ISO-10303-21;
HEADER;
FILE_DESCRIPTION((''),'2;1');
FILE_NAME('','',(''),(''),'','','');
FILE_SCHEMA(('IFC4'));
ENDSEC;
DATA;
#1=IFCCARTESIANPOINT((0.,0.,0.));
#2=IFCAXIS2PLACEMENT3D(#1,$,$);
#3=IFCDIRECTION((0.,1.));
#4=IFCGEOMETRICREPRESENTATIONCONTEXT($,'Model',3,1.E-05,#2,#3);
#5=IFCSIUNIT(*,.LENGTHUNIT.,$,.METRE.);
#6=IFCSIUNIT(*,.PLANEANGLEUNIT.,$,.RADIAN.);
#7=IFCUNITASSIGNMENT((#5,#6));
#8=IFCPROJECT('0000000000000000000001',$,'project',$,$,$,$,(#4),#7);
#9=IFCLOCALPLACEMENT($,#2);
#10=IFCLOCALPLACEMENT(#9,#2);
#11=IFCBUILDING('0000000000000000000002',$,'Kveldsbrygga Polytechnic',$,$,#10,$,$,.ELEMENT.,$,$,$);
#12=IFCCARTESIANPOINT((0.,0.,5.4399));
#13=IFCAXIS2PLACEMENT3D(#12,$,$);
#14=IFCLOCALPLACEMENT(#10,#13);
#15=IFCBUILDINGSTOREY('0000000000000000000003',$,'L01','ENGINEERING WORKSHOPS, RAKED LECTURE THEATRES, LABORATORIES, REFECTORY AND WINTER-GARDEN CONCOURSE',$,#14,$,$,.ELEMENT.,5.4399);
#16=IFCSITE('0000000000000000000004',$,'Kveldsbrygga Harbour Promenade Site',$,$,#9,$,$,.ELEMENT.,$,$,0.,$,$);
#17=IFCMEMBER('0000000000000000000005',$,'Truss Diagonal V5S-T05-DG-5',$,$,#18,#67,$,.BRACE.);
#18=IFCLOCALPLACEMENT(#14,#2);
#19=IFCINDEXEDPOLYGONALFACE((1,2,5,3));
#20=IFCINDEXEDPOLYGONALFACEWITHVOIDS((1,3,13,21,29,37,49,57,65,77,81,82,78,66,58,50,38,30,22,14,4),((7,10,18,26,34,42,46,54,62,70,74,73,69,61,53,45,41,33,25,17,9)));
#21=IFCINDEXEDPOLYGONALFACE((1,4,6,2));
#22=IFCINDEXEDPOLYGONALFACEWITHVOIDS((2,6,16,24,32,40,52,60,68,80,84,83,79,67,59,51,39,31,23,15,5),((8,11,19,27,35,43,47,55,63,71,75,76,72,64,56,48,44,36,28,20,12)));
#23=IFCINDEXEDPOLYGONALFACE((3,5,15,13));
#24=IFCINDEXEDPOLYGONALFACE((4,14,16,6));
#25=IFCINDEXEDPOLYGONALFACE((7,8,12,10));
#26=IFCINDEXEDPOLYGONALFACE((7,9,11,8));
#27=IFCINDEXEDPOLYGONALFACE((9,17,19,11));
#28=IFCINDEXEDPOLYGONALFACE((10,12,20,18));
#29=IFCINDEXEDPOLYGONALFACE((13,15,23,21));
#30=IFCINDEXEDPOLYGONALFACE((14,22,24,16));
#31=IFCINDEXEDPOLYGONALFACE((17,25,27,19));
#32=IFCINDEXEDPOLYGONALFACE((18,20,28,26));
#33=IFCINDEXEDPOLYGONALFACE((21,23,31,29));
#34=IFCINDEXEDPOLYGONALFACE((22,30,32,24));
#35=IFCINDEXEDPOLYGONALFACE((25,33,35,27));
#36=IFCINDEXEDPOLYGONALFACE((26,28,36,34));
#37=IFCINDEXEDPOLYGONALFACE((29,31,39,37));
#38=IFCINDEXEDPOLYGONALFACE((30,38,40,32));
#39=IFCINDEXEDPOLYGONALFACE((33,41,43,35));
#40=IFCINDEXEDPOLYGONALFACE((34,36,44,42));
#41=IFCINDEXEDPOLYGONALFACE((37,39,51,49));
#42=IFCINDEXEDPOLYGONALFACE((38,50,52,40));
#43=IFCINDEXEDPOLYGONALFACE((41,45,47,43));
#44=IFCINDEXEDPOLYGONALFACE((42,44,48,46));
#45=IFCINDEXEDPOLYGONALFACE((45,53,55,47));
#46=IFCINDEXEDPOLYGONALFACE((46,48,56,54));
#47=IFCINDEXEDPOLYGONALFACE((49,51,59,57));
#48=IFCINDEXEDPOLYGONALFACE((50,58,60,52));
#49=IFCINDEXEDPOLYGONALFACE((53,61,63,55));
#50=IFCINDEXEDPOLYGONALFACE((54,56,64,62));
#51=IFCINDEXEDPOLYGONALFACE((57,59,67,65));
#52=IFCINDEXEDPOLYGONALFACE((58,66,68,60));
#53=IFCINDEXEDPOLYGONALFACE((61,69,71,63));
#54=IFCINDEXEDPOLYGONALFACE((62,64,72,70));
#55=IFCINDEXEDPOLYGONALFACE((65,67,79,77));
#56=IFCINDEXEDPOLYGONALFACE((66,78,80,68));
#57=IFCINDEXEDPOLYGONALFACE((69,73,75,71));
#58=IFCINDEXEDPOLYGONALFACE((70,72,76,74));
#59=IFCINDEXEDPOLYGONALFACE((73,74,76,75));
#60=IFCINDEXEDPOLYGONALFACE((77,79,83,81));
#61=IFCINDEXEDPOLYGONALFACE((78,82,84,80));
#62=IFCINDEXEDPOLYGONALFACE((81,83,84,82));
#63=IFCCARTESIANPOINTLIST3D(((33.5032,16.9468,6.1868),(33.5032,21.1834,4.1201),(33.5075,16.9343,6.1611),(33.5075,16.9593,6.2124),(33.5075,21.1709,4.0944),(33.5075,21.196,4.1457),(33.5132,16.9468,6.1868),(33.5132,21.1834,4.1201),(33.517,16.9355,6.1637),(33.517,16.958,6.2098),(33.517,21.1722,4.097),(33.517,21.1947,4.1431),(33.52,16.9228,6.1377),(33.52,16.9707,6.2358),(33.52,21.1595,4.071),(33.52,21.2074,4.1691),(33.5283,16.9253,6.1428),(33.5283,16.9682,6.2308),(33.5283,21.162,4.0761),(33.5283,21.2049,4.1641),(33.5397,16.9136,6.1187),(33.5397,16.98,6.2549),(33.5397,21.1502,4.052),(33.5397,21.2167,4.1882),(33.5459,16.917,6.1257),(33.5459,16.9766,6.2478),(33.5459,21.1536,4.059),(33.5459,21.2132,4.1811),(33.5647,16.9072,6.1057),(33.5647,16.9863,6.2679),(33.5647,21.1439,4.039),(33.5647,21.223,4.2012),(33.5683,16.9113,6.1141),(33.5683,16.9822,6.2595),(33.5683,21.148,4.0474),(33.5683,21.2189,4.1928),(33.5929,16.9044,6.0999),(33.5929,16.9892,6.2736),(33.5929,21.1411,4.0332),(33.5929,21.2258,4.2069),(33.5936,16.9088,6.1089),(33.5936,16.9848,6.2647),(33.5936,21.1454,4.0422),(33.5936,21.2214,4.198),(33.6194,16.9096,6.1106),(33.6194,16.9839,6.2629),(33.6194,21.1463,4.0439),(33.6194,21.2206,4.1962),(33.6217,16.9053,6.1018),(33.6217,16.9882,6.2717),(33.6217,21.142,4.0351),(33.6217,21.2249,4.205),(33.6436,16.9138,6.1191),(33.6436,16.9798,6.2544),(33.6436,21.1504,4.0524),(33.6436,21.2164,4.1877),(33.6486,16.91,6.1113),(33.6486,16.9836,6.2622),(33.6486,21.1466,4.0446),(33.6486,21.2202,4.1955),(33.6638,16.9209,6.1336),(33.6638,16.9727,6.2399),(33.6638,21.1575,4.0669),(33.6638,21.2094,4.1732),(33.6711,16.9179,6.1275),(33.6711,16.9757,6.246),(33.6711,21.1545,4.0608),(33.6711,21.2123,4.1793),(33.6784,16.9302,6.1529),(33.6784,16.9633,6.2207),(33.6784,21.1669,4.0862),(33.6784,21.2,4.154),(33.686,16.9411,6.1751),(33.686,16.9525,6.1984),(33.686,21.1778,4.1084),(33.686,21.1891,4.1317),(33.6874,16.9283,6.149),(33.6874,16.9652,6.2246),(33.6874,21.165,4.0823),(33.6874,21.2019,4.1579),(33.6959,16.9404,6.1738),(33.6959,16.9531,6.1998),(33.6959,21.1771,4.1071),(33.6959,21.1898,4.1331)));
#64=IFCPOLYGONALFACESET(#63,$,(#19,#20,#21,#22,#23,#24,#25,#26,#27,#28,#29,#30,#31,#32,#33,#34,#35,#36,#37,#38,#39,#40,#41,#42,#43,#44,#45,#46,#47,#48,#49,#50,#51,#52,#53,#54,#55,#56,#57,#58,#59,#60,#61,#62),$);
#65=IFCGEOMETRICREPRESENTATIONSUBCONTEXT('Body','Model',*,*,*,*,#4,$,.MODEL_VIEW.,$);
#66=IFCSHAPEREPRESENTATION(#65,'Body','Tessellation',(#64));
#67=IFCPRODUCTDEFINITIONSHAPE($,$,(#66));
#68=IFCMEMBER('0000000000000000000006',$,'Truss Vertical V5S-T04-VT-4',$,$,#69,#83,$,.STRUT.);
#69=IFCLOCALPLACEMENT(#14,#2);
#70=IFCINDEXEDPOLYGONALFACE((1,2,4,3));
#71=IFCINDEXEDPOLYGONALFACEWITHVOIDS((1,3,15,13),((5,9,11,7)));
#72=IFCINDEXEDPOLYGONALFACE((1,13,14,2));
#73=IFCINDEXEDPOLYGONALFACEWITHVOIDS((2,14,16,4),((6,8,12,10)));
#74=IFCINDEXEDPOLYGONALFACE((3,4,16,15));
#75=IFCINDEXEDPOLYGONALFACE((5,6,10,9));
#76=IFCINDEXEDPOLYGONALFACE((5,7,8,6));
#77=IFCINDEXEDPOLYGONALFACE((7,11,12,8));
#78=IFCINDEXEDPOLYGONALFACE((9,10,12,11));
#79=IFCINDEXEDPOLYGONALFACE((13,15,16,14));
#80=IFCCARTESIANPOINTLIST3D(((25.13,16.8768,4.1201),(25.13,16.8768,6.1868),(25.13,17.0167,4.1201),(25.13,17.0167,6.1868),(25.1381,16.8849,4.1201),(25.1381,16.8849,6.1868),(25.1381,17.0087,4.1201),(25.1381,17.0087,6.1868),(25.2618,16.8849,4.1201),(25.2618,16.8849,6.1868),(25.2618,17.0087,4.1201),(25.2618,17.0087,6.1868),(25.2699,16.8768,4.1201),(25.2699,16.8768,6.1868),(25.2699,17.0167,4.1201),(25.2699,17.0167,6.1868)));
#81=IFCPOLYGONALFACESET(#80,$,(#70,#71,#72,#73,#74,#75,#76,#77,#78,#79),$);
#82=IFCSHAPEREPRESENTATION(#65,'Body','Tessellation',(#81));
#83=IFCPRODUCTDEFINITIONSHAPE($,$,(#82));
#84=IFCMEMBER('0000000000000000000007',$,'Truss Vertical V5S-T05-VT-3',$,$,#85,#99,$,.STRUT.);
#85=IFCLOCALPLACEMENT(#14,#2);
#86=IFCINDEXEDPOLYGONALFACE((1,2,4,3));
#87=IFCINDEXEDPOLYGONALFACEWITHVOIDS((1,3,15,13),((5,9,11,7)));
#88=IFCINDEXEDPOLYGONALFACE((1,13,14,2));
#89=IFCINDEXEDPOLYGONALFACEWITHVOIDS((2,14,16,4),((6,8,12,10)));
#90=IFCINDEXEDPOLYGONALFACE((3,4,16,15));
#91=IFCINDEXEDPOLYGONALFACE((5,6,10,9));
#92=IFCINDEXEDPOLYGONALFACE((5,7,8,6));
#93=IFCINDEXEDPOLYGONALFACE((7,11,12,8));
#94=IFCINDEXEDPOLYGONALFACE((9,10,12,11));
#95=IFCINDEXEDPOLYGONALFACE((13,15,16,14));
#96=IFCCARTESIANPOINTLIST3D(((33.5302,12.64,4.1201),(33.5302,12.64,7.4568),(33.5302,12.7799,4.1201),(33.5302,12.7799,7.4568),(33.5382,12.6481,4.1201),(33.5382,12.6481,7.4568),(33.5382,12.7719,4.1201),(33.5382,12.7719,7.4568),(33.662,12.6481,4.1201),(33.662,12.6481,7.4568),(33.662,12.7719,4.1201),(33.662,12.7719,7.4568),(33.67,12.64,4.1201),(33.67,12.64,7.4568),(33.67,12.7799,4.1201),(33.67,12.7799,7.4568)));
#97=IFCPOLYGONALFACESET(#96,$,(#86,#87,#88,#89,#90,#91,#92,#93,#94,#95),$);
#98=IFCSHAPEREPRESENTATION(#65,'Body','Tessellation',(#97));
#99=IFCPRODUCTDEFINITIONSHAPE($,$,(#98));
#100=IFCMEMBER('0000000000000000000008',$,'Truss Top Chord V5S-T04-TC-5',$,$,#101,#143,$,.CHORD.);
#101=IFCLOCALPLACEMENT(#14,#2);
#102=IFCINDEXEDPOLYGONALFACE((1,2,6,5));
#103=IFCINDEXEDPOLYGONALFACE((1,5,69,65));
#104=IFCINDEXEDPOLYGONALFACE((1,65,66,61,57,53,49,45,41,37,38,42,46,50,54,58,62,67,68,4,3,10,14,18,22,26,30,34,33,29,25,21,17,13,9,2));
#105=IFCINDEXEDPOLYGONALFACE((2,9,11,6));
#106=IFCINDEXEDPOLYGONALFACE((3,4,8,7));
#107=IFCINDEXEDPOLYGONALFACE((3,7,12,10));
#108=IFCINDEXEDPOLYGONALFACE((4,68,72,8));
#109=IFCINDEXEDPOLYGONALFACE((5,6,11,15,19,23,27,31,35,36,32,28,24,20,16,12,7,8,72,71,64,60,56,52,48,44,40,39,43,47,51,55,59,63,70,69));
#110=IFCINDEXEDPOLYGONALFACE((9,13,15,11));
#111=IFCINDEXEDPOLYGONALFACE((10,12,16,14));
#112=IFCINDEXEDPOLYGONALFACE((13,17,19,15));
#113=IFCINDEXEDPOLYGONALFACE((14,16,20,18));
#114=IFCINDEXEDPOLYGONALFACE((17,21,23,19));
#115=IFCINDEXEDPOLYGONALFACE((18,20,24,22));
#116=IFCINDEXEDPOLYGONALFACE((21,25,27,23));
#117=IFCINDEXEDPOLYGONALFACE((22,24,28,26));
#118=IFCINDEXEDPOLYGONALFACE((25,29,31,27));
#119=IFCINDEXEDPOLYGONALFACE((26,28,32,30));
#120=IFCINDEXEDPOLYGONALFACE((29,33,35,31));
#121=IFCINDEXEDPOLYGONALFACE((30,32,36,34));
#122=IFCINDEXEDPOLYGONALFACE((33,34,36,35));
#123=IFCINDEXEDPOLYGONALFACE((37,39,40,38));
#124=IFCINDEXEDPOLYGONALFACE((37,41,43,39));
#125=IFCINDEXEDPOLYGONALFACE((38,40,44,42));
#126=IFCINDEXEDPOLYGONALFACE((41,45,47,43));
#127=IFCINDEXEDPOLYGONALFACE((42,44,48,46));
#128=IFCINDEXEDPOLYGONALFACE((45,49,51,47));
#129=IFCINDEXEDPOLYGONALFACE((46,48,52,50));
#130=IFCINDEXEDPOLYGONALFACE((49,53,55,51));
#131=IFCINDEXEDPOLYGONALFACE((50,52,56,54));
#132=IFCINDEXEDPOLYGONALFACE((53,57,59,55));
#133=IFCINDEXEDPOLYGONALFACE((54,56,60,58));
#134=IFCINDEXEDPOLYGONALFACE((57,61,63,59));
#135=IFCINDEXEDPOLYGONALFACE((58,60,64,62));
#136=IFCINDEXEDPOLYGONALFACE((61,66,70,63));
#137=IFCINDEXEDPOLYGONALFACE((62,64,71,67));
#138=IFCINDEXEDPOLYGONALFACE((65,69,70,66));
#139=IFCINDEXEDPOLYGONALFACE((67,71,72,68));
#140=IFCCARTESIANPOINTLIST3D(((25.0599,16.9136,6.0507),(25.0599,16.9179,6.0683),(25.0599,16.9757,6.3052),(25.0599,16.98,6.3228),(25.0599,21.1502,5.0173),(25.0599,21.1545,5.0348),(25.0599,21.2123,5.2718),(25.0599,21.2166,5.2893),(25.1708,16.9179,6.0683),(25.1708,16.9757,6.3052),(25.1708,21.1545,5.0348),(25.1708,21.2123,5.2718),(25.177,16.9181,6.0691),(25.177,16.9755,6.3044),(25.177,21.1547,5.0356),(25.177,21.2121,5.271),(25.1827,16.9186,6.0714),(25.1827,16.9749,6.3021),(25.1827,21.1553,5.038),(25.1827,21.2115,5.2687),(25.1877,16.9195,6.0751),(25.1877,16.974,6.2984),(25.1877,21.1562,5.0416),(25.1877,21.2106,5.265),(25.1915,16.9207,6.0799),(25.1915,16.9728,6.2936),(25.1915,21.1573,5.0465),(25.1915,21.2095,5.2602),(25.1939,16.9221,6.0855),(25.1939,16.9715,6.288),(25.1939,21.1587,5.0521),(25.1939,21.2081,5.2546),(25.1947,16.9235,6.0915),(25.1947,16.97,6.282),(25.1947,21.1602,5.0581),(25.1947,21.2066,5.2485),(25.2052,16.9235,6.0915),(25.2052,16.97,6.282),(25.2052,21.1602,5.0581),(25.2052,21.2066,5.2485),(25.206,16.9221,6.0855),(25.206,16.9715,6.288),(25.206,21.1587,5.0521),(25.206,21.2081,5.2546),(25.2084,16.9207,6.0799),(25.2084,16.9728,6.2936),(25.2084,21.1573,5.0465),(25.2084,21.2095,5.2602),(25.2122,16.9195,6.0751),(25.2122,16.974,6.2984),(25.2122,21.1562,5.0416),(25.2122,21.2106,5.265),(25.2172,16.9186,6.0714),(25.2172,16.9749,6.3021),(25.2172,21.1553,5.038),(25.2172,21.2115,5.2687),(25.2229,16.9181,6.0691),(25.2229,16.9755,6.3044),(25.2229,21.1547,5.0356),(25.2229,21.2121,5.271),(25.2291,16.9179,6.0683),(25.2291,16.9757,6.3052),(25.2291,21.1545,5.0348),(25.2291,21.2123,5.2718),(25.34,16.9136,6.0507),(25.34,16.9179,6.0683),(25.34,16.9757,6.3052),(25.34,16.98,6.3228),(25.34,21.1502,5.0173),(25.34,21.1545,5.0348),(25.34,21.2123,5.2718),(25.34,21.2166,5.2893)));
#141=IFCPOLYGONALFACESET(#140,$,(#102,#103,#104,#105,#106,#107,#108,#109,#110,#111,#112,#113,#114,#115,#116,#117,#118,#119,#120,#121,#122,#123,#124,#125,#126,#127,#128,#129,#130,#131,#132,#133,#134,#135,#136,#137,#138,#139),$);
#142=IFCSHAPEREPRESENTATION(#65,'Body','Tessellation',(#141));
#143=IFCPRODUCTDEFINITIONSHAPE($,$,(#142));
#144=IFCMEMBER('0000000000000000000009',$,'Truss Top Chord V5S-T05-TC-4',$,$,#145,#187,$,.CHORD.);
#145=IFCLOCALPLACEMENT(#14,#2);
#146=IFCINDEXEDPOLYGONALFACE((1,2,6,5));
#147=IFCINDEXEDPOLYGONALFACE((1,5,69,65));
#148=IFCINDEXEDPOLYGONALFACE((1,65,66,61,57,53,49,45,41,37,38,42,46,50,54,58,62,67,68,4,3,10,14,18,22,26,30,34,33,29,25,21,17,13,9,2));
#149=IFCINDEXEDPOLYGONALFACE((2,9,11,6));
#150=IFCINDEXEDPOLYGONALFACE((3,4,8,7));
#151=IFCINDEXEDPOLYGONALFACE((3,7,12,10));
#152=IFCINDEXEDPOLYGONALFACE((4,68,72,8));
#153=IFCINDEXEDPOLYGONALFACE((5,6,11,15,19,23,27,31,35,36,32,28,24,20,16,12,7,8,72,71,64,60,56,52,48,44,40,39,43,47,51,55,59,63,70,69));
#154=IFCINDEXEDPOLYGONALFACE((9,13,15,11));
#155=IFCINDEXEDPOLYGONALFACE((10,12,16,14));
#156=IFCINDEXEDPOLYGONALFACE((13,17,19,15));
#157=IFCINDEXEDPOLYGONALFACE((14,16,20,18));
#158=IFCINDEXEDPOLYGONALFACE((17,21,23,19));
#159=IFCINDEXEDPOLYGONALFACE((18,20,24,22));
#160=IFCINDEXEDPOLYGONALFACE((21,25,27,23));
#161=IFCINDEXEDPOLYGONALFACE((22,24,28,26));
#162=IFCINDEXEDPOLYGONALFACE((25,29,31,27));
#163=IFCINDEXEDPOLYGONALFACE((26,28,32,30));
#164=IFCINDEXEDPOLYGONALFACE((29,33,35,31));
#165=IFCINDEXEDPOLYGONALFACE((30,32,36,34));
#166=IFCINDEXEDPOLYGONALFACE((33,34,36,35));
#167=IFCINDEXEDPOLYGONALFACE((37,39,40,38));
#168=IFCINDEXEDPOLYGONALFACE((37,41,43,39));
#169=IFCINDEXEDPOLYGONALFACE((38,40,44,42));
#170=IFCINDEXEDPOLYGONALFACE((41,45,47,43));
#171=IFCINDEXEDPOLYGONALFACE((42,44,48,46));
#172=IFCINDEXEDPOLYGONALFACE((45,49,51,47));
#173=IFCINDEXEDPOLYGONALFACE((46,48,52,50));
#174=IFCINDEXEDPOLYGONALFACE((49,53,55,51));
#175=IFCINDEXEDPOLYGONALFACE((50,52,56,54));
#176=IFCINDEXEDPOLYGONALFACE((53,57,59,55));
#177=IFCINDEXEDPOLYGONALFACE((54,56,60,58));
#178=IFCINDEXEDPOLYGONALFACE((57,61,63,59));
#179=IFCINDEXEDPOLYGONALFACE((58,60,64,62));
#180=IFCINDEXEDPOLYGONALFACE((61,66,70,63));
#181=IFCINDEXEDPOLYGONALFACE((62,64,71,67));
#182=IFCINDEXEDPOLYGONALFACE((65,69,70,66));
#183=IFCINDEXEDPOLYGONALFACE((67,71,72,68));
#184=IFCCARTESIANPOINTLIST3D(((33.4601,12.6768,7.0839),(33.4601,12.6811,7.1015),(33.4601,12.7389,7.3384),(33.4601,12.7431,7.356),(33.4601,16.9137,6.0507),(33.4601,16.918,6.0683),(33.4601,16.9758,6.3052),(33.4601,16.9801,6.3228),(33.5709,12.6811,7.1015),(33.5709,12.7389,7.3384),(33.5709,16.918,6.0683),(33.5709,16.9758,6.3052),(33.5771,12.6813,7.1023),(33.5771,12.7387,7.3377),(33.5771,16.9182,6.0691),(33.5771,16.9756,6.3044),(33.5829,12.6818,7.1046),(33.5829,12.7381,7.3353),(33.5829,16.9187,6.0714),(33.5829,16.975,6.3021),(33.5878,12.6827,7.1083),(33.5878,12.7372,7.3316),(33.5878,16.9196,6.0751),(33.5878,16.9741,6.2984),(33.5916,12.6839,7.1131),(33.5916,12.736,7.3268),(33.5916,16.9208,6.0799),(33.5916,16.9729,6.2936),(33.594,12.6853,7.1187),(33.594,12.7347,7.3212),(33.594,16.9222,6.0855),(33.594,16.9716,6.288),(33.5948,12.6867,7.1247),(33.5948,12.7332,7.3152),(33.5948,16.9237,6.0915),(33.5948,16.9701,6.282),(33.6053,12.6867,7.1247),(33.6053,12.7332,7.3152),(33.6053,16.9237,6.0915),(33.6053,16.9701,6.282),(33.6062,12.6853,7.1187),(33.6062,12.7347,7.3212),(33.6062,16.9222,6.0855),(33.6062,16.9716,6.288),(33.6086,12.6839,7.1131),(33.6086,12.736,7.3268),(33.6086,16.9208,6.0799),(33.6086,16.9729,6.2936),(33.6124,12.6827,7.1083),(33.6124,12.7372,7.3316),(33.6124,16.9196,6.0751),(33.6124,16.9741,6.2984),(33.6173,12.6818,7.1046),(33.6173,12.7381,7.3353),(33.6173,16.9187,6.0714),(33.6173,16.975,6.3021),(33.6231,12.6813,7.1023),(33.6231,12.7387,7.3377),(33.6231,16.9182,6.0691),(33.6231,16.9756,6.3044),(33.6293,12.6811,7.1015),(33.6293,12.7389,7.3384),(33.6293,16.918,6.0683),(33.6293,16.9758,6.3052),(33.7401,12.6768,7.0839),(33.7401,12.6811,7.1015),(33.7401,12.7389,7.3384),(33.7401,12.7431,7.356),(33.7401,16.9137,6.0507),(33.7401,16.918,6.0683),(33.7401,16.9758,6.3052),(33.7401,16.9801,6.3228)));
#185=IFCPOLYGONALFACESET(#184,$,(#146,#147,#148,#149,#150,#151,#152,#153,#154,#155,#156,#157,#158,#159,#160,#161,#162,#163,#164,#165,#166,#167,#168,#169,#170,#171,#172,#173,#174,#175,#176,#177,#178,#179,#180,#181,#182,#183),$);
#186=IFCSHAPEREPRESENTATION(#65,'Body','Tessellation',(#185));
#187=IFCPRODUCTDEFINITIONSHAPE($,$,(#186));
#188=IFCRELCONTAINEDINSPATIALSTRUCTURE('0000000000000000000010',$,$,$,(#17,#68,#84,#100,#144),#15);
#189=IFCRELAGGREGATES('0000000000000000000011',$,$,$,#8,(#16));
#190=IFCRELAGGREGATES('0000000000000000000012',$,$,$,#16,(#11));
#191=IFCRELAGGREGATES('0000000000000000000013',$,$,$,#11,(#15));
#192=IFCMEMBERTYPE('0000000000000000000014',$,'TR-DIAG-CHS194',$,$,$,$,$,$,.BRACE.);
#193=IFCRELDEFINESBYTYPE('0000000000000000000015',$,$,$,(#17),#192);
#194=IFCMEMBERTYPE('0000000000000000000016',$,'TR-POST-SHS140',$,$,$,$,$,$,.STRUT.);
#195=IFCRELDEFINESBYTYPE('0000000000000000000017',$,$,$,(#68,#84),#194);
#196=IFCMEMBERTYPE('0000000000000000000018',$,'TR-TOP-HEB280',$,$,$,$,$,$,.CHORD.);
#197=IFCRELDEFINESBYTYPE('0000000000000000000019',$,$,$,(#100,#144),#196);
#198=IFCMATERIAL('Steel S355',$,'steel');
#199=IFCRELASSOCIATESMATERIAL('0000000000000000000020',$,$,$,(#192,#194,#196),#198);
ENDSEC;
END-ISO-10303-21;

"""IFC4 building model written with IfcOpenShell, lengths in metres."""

from ifc_helpers import new_model, si_unit, direction, frame, origin, origin_2d, place, context, subcontext, project, spatial, hollow_rectangle, hollow_circle, i_section, extrude, material, material_profile, profile_set, type_object, element, save


model = new_model("IFC4")

# Units and contexts
model_context = context("Model", 3, precision=1e-05, world=origin(), true_north=direction((0.0, 1.0)))
body_context = subcontext(model_context, "Body", "Model", "MODEL_VIEW")
ifc_project = project(units=[si_unit("LENGTHUNIT", "METRE"), si_unit("PLANEANGLEUNIT", "RADIAN")], contexts=[model_context])

# Site, building, storey
site_placement = place(None, origin())
site = spatial("IfcSite", under=ifc_project, at=site_placement, Name="Kveldsbrygga Harbour Promenade Site", CompositionType="ELEMENT", RefElevation=0.0)
building_placement = place(site_placement, origin())
building = spatial("IfcBuilding", under=site, at=building_placement, Name="Kveldsbrygga Polytechnic", CompositionType="ELEMENT")
storey_placement = place(building_placement, frame((0.0, 0.0, 5.4399)))
storey = spatial("IfcBuildingStorey", under=building, at=storey_placement, Name="L01", Description="ENGINEERING WORKSHOPS, RAKED LECTURE THEATRES, LABORATORIES, REFECTORY AND WINTER-GARDEN CONCOURSE", CompositionType="ELEMENT", Elevation=5.4399)

# Members
ifc_material_1 = material(Name="Steel S355", Category="steel")
ifc_material_profile_1 = material_profile(ifc_material_1, hollow_circle(Radius=0.0969, WallThickness=0.01, at=origin_2d()), Name="CHS 193.7x10.0")
ifc_profile_set_1 = profile_set([ifc_material_profile_1], Name="Steel S355")
member_type_1 = type_object("IfcMemberType", Name="TR-DIAG-CHS194", PredefinedType="BRACE", material=ifc_profile_set_1)
member_1_placement = place(storey_placement, frame((33.6001, 16.9468, 6.1868), z_axis=(0.0, 0.898766, -0.438429), x_axis=(-1.0, 0.0, 0.0)))
element("IfcMember", 1, at=member_1_placement, inside=storey, type_object=member_type_1, Name="Truss Diagonal V5S-T05-DG-5", PredefinedType="BRACE", context=body_context, shape_type="SweptSolid", body=[
    extrude(hollow_circle(Radius=0.0969, WallThickness=0.01, at=origin_2d()), origin(), (0.0, 0.0, 1.0), 4.7139),
])
ifc_material_profile_2 = material_profile(ifc_material_1, hollow_rectangle(XDim=0.1399, YDim=0.1399, WallThickness=0.0081, at=origin_2d()), Name="SHS 140x140x8.0")
ifc_profile_set_2 = profile_set([ifc_material_profile_2], Name="Steel S355")
member_type_2 = type_object("IfcMemberType", Name="TR-POST-SHS140", PredefinedType="STRUT", material=ifc_profile_set_2)
member_2_placement = place(storey_placement, frame((25.2, 16.9468, 4.1201), z_axis=(0.0, 0.0, 1.0), x_axis=(1.0, 0.0, 0.0)))
element("IfcMember", 2, at=member_2_placement, inside=storey, type_object=member_type_2, Name="Truss Vertical V5S-T04-VT-4", PredefinedType="STRUT", context=body_context, shape_type="SweptSolid", body=[
    extrude(hollow_rectangle(XDim=0.1399, YDim=0.1399, WallThickness=0.0081, at=origin_2d()), origin(), (0.0, 0.0, 1.0), 2.0667),
])
member_3_placement = place(storey_placement, frame((33.6001, 12.71, 4.1201), z_axis=(0.0, 0.0, 1.0), x_axis=(1.0, 0.0, 0.0)))
element("IfcMember", 3, at=member_3_placement, inside=storey, type_object=member_type_2, Name="Truss Vertical V5S-T05-VT-3", PredefinedType="STRUT", context=body_context, shape_type="SweptSolid", body=[
    extrude(hollow_rectangle(XDim=0.1399, YDim=0.1399, WallThickness=0.0081, at=origin_2d()), origin(), (0.0, 0.0, 1.0), 3.3367),
])
ifc_material_profile_3 = material_profile(ifc_material_1, i_section(OverallWidth=0.28, OverallDepth=0.28, WebThickness=0.0105, FlangeThickness=0.0181, FilletRadius=0.0239, at=origin_2d()), Name="HEB 280")
ifc_profile_set_3 = profile_set([ifc_material_profile_3], Name="Steel S355")
member_type_3 = type_object("IfcMemberType", Name="TR-TOP-HEB280", PredefinedType="CHORD", material=ifc_profile_set_3)
member_4_placement = place(storey_placement, frame((25.2, 16.9468, 6.1868), z_axis=(0.0, 0.971513, -0.236986), x_axis=(-1.0, 0.0, 0.0)))
element("IfcMember", 4, at=member_4_placement, inside=storey, type_object=member_type_3, Name="Truss Top Chord V5S-T04-TC-5", PredefinedType="CHORD", context=body_context, shape_type="SweptSolid", body=[
    extrude(i_section(OverallWidth=0.28, OverallDepth=0.28, WebThickness=0.0105, FlangeThickness=0.0181, FilletRadius=0.0239, at=origin_2d()), origin(), (0.0, 0.0, 1.0), 4.3608),
])
member_5_placement = place(storey_placement, frame((33.6001, 12.71, 7.22), z_axis=(0.0, 0.971529, -0.23692), x_axis=(-1.0, 0.0, 0.0)))
element("IfcMember", 5, at=member_5_placement, inside=storey, type_object=member_type_3, Name="Truss Top Chord V5S-T05-TC-4", PredefinedType="CHORD", context=body_context, shape_type="SweptSolid", body=[
    extrude(i_section(OverallWidth=0.28, OverallDepth=0.28, WebThickness=0.0105, FlangeThickness=0.0181, FilletRadius=0.0239, at=origin_2d()), origin(), (0.0, 0.0, 1.0), 4.3611),
])

save(model, "model.ifc")
